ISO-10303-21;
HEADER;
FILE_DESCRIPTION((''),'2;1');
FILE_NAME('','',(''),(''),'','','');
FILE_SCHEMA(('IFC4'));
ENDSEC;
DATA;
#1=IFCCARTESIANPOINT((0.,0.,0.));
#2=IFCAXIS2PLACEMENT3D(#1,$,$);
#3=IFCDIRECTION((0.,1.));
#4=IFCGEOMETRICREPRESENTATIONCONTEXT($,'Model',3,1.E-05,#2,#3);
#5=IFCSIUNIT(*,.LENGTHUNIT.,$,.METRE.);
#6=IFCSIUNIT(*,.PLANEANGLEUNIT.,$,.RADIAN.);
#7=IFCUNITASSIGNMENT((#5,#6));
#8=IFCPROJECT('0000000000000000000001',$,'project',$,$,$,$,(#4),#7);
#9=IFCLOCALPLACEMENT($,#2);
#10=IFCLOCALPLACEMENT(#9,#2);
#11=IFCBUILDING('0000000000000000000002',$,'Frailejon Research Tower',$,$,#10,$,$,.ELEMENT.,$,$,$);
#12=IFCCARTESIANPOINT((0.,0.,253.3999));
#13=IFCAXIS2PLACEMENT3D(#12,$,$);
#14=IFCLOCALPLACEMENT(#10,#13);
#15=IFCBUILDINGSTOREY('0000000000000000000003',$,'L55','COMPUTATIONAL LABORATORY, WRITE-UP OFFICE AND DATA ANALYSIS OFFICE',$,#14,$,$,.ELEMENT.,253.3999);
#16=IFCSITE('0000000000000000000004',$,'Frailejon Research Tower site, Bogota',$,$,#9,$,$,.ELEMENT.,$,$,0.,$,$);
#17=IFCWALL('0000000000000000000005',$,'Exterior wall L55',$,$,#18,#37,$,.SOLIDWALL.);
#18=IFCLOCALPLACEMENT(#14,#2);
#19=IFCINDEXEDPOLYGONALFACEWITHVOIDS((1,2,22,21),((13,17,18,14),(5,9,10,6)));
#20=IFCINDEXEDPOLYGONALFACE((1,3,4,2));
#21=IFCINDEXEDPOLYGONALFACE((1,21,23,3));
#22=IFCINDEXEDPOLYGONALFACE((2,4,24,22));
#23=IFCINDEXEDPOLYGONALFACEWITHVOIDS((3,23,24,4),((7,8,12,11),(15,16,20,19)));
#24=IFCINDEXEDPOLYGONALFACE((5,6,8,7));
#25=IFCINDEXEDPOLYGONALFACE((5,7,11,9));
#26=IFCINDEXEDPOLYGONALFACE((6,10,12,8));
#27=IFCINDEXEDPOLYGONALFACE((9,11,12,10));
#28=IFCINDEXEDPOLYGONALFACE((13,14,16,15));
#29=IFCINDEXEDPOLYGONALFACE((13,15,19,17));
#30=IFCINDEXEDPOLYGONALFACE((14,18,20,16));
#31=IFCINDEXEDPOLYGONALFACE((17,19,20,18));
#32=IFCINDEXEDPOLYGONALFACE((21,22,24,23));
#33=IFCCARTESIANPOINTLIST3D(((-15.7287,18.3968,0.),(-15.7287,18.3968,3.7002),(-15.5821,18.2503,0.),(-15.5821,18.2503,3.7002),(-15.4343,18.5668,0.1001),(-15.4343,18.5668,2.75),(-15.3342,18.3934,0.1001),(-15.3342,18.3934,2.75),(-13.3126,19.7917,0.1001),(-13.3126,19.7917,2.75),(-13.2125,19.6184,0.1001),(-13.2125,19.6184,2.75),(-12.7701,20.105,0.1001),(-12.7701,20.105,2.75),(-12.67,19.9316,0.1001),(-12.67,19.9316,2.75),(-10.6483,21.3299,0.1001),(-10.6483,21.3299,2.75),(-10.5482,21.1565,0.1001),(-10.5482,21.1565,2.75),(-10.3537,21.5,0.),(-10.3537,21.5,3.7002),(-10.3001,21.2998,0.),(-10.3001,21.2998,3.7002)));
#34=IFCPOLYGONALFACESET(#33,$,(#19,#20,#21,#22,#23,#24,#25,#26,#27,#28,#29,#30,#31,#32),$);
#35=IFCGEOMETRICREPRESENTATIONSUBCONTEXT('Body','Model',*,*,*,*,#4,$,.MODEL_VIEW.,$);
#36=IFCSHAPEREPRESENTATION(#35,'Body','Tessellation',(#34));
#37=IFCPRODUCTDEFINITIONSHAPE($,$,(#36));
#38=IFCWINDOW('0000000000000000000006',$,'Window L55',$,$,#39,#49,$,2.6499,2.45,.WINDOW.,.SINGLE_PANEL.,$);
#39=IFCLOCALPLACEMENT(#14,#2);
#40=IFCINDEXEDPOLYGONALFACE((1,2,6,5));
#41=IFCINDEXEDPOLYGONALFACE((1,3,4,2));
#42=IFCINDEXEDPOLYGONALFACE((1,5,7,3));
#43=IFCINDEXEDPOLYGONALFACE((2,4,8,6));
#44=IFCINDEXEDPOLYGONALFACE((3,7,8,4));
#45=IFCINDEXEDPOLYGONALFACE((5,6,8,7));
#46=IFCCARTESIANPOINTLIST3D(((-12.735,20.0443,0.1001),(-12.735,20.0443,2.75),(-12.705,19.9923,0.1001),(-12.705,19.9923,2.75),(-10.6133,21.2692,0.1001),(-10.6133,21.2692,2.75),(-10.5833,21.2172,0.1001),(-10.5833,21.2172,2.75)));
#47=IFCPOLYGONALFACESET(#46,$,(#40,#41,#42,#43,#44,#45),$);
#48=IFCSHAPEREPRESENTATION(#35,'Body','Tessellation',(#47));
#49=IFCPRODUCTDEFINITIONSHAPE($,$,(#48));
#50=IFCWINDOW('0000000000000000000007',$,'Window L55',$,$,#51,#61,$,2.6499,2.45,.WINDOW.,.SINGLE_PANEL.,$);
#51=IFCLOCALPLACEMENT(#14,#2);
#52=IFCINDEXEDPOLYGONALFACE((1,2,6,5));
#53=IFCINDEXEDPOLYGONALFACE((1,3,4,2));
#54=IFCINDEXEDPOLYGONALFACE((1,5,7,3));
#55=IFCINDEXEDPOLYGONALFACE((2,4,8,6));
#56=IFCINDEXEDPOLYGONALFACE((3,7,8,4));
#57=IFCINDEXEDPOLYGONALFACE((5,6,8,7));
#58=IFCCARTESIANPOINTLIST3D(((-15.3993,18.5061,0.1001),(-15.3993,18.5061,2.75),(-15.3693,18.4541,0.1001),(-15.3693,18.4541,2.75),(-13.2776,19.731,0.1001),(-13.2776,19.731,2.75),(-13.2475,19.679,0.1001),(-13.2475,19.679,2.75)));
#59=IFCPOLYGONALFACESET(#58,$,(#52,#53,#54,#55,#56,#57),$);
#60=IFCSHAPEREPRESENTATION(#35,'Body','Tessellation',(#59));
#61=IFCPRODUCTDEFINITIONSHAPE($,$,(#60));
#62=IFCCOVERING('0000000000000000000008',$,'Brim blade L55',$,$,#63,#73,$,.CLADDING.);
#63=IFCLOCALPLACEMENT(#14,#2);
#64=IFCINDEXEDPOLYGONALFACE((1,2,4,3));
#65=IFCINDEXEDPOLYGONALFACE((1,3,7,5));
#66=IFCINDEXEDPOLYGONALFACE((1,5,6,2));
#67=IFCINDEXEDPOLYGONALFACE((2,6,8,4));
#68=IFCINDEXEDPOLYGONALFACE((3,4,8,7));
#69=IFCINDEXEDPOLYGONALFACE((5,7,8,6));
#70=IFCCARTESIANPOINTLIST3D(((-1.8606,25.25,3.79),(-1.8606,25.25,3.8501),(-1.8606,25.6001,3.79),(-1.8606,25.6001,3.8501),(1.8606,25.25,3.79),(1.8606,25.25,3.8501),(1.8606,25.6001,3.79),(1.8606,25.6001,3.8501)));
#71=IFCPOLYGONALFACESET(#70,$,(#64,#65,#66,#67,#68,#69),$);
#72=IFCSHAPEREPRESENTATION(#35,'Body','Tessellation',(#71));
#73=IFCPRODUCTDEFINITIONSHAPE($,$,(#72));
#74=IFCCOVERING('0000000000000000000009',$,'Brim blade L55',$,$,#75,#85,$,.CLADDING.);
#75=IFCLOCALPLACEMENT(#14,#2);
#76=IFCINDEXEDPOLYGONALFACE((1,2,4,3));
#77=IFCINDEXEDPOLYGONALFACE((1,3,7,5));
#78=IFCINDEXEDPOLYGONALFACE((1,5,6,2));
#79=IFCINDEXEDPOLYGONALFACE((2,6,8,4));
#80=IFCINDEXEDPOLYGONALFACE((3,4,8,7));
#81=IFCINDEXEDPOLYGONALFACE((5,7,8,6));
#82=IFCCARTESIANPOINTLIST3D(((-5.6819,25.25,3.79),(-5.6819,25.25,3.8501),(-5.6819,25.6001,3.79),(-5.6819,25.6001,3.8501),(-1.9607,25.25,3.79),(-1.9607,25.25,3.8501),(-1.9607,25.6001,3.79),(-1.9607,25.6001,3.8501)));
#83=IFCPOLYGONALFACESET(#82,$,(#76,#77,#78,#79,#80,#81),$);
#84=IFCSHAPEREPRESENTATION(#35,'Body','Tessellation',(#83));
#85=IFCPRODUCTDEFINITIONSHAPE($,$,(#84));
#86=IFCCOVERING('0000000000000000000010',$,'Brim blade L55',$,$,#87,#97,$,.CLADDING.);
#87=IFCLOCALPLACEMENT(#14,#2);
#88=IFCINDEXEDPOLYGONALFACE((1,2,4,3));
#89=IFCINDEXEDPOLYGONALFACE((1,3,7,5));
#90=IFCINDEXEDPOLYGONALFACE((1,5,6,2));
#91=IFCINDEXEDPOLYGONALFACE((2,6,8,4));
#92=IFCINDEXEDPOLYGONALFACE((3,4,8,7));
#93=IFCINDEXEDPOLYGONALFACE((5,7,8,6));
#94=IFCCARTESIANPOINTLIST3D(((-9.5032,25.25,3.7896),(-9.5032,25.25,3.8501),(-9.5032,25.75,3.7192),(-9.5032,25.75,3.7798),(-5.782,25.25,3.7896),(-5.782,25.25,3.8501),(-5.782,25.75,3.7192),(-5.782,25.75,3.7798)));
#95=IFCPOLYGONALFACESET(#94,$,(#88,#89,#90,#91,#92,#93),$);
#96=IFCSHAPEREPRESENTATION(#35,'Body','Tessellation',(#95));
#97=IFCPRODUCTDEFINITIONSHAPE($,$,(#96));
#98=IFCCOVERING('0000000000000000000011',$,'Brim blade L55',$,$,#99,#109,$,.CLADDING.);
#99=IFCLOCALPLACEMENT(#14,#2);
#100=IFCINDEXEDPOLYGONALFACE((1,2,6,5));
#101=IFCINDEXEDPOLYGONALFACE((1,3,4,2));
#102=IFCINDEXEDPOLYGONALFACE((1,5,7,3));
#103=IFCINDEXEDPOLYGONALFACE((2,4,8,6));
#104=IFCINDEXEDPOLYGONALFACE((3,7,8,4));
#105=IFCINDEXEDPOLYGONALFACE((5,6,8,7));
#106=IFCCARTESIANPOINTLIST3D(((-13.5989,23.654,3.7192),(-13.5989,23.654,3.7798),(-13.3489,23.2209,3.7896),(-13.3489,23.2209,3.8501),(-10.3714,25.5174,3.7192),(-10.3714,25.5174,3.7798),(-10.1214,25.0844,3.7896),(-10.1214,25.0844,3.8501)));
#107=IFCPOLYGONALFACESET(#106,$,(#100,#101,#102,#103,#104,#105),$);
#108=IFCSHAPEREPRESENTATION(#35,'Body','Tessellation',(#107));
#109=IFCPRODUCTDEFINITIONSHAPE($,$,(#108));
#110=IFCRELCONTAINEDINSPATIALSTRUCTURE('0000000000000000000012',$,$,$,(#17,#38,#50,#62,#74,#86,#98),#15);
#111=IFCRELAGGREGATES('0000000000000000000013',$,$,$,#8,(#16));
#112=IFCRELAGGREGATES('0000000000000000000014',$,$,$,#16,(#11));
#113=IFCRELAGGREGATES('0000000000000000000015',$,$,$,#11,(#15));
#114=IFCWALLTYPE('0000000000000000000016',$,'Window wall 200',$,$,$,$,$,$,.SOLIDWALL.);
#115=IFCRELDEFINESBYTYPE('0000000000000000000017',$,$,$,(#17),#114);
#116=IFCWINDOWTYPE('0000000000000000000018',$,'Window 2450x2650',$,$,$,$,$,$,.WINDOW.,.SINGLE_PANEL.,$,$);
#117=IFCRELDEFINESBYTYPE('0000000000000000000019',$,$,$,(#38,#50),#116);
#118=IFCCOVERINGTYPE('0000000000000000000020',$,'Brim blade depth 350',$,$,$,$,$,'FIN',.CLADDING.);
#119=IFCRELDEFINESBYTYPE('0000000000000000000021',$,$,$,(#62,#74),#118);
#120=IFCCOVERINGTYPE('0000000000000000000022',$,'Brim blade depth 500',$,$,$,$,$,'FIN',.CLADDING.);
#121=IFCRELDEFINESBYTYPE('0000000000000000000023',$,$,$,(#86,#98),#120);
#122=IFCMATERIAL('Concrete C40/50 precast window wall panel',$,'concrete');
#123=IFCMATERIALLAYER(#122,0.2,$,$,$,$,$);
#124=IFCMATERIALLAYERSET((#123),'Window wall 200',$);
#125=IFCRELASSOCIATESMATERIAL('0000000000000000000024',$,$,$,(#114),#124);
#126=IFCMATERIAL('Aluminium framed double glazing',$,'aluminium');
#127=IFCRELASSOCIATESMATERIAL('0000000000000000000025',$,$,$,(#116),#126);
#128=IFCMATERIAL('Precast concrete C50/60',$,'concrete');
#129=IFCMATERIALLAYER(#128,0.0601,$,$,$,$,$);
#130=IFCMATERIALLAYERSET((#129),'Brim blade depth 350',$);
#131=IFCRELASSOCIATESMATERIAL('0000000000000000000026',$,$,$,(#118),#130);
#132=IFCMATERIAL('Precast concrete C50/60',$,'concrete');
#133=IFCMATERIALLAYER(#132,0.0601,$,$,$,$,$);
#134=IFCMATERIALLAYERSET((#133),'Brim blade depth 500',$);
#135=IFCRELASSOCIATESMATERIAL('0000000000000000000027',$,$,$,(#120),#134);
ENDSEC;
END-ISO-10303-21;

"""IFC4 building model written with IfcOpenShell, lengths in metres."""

from ifc_helpers import new_model, si_unit, direction, frame, frame_2d, origin, place, context, subcontext, project, spatial, polyline, rectangle, outline, extrude, material, layer, layer_set, type_object, element, fill, save


model = new_model("IFC4")

# Units and contexts
model_context = context("Model", 3, precision=1e-05, world=origin(), true_north=direction((0.0, 1.0)))
body_context = subcontext(model_context, "Body", "Model", "MODEL_VIEW")
ifc_project = project(units=[si_unit("LENGTHUNIT", "METRE"), si_unit("PLANEANGLEUNIT", "RADIAN")], contexts=[model_context])

# Site, building, storey
site_placement = place(None, origin())
site = spatial("IfcSite", under=ifc_project, at=site_placement, Name="Frailejon Research Tower site, Bogota", CompositionType="ELEMENT", RefElevation=0.0)
building_placement = place(site_placement, origin())
building = spatial("IfcBuilding", under=site, at=building_placement, Name="Frailejon Research Tower", CompositionType="ELEMENT")
storey_placement = place(building_placement, frame((0.0, 0.0, 253.3999)))
storey = spatial("IfcBuildingStorey", under=building, at=storey_placement, Name="L55", Description="COMPUTATIONAL LABORATORY, WRITE-UP OFFICE AND DATA ANALYSIS OFFICE", CompositionType="ELEMENT", Elevation=253.3999)

# Wall, openings, windows
ifc_material_1 = material(Name="Concrete C40/50 precast window wall panel", Category="concrete")
ifc_layer_1 = layer(ifc_material_1, 0.2)
ifc_layer_set_1 = layer_set([ifc_layer_1], Name="Window wall 200")
wall_type = type_object("IfcWallType", Name="Window wall 200", PredefinedType="SOLIDWALL", material=ifc_layer_set_1)
wall_placement = place(storey_placement, frame((-10.3269, 21.3999, 0.0), z_axis=(0.0, 0.0, 1.0), x_axis=(-0.86603, -0.499993, 0.0)))
wall = element("IfcWall", 1, at=wall_placement, inside=storey, type_object=wall_type, Name="Exterior wall L55", PredefinedType="SOLIDWALL", context=body_context, shape_type="SweptSolid", body=[
    extrude(outline(polyline([(-0.0269, -0.1001), (1.0076, -0.1001), (2.042, -0.1001), (3.0764, -0.1001), (4.1108, -0.1001), (5.1453, -0.1001), (6.1797, -0.1001), (6.126, 0.1001), (5.1094, 0.1001), (4.093, 0.1001), (3.0764, 0.1001), (2.0598, 0.1001), (1.0435, 0.1001), (0.0269, 0.1001), (-0.0269, -0.1001)])), origin(), (0.0, 0.0, 1.0), 3.7002),
])
opening_1_placement = place(wall_placement, frame((0.3132, 0.0, 0.1001)))
opening_1 = element("IfcOpeningElement", 2, at=opening_1_placement, cuts=wall, PredefinedType="OPENING", context=body_context, shape_type="SweptSolid", body=[
    extrude(rectangle(XDim=2.45, YDim=2.6499, at=frame_2d((1.2251, 1.325))), frame((0.0, 0.1099, 0.0), z_axis=(0.0, -1.0, 0.0), x_axis=(1.0, 0.0, 0.0)), (0.0, 0.0, 1.0), 0.22),
])
opening_2_placement = place(wall_placement, frame((3.3896, 0.0, 0.1001)))
opening_2 = element("IfcOpeningElement", 3, at=opening_2_placement, cuts=wall, PredefinedType="OPENING", context=body_context, shape_type="SweptSolid", body=[
    extrude(rectangle(XDim=2.45, YDim=2.6499, at=frame_2d((1.2251, 1.325))), frame((0.0, 0.1099, 0.0), z_axis=(0.0, -1.0, 0.0), x_axis=(1.0, 0.0, 0.0)), (0.0, 0.0, 1.0), 0.22),
])
ifc_material_2 = material(Name="Aluminium framed double glazing", Category="aluminium")
window_type = type_object("IfcWindowType", Name="Window 2450x2650", PartitioningType="SINGLE_PANEL", PredefinedType="WINDOW", material=ifc_material_2)
window_1_placement = place(opening_1_placement, origin())
window_1 = element("IfcWindow", 4, at=window_1_placement, inside=storey, type_object=window_type, Name="Window L55", OverallHeight=2.6499, OverallWidth=2.45, PartitioningType="SINGLE_PANEL", PredefinedType="WINDOW", context=body_context, shape_type="SweptSolid", body=[
    extrude(rectangle(XDim=2.45, YDim=2.6499, at=frame_2d((1.2251, 1.325))), frame((0.0, 0.03, 0.0), z_axis=(0.0, -1.0, 0.0), x_axis=(1.0, 0.0, 0.0)), (0.0, 0.0, 1.0), 0.0601),
])
fill(opening_1, window_1)
window_2_placement = place(opening_2_placement, origin())
window_2 = element("IfcWindow", 5, at=window_2_placement, inside=storey, type_object=window_type, Name="Window L55", OverallHeight=2.6499, OverallWidth=2.45, PartitioningType="SINGLE_PANEL", PredefinedType="WINDOW", context=body_context, shape_type="SweptSolid", body=[
    extrude(rectangle(XDim=2.45, YDim=2.6499, at=frame_2d((1.2251, 1.325))), frame((0.0, 0.03, 0.0), z_axis=(0.0, -1.0, 0.0), x_axis=(1.0, 0.0, 0.0)), (0.0, 0.0, 1.0), 0.0601),
])
fill(opening_2, window_2)

# Coverings
ifc_material_3 = material(Name="Precast concrete C50/60", Category="concrete")
ifc_layer_2 = layer(ifc_material_3, 0.0601)
ifc_layer_set_2 = layer_set([ifc_layer_2], Name="Brim blade depth 350")
covering_type_1 = type_object("IfcCoveringType", Name="Brim blade depth 350", ElementType="FIN", PredefinedType="CLADDING", material=ifc_layer_set_2)
for number, where, z_axis, x_axis, name in (
    (6, (-1.8606, 25.25, 3.8501), (1.0, 0.0, 0.0), (0.0, 1.0, 0.0), "Brim blade L55"),
    (7, (-5.6819, 25.25, 3.8501), (1.0, 0.0, 0.0), (0.0, 1.0, 0.0), "Brim blade L55"),
):
    element("IfcCovering", number, at=place(storey_placement, frame(where, z_axis=z_axis, x_axis=x_axis)), inside=storey, type_object=covering_type_1, Name=name, PredefinedType="CLADDING", context=body_context, shape_type="SweptSolid", body=[
        extrude(outline(polyline([(0.0, -0.0601), (0.3501, -0.0601), (0.3501, 0.0), (0.0, 0.0), (0.0, -0.0601)])), origin(), (0.0, 0.0, 1.0), 3.7212),
    ])
ifc_material_4 = material(Name="Precast concrete C50/60", Category="concrete")
ifc_layer_3 = layer(ifc_material_4, 0.0601)
ifc_layer_set_3 = layer_set([ifc_layer_3], Name="Brim blade depth 500")
covering_type_2 = type_object("IfcCoveringType", Name="Brim blade depth 500", ElementType="FIN", PredefinedType="CLADDING", material=ifc_layer_set_3)
covering_1_placement = place(storey_placement, frame((-9.5032, 25.25, 3.8501), z_axis=(1.0, 0.0, 0.0), x_axis=(0.0, 1.0, 0.0)))
element("IfcCovering", 8, at=covering_1_placement, inside=storey, type_object=covering_type_2, Name="Brim blade L55", PredefinedType="CLADDING", context=body_context, shape_type="SweptSolid", body=[
    extrude(outline(polyline([(0.0, -0.0605), (0.5, -0.1309), (0.5, -0.0703), (0.0, 0.0), (0.0, -0.0605)])), origin(), (0.0, 0.0, 1.0), 3.7212),
])
covering_2_placement = place(storey_placement, frame((-13.3489, 23.2209, 3.8501), z_axis=(0.866018, 0.500012, 0.0), x_axis=(-0.500012, 0.866018, 0.0)))
element("IfcCovering", 9, at=covering_2_placement, inside=storey, type_object=covering_type_2, Name="Brim blade L55", PredefinedType="CLADDING", context=body_context, shape_type="SweptSolid", body=[
    extrude(outline(polyline([(0.0, -0.0605), (0.5, -0.1309), (0.5, -0.0703), (0.0, 0.0), (0.0, -0.0605)])), origin(), (0.0, 0.0, 1.0), 3.7268),
])

save(model, "model.ifc")
